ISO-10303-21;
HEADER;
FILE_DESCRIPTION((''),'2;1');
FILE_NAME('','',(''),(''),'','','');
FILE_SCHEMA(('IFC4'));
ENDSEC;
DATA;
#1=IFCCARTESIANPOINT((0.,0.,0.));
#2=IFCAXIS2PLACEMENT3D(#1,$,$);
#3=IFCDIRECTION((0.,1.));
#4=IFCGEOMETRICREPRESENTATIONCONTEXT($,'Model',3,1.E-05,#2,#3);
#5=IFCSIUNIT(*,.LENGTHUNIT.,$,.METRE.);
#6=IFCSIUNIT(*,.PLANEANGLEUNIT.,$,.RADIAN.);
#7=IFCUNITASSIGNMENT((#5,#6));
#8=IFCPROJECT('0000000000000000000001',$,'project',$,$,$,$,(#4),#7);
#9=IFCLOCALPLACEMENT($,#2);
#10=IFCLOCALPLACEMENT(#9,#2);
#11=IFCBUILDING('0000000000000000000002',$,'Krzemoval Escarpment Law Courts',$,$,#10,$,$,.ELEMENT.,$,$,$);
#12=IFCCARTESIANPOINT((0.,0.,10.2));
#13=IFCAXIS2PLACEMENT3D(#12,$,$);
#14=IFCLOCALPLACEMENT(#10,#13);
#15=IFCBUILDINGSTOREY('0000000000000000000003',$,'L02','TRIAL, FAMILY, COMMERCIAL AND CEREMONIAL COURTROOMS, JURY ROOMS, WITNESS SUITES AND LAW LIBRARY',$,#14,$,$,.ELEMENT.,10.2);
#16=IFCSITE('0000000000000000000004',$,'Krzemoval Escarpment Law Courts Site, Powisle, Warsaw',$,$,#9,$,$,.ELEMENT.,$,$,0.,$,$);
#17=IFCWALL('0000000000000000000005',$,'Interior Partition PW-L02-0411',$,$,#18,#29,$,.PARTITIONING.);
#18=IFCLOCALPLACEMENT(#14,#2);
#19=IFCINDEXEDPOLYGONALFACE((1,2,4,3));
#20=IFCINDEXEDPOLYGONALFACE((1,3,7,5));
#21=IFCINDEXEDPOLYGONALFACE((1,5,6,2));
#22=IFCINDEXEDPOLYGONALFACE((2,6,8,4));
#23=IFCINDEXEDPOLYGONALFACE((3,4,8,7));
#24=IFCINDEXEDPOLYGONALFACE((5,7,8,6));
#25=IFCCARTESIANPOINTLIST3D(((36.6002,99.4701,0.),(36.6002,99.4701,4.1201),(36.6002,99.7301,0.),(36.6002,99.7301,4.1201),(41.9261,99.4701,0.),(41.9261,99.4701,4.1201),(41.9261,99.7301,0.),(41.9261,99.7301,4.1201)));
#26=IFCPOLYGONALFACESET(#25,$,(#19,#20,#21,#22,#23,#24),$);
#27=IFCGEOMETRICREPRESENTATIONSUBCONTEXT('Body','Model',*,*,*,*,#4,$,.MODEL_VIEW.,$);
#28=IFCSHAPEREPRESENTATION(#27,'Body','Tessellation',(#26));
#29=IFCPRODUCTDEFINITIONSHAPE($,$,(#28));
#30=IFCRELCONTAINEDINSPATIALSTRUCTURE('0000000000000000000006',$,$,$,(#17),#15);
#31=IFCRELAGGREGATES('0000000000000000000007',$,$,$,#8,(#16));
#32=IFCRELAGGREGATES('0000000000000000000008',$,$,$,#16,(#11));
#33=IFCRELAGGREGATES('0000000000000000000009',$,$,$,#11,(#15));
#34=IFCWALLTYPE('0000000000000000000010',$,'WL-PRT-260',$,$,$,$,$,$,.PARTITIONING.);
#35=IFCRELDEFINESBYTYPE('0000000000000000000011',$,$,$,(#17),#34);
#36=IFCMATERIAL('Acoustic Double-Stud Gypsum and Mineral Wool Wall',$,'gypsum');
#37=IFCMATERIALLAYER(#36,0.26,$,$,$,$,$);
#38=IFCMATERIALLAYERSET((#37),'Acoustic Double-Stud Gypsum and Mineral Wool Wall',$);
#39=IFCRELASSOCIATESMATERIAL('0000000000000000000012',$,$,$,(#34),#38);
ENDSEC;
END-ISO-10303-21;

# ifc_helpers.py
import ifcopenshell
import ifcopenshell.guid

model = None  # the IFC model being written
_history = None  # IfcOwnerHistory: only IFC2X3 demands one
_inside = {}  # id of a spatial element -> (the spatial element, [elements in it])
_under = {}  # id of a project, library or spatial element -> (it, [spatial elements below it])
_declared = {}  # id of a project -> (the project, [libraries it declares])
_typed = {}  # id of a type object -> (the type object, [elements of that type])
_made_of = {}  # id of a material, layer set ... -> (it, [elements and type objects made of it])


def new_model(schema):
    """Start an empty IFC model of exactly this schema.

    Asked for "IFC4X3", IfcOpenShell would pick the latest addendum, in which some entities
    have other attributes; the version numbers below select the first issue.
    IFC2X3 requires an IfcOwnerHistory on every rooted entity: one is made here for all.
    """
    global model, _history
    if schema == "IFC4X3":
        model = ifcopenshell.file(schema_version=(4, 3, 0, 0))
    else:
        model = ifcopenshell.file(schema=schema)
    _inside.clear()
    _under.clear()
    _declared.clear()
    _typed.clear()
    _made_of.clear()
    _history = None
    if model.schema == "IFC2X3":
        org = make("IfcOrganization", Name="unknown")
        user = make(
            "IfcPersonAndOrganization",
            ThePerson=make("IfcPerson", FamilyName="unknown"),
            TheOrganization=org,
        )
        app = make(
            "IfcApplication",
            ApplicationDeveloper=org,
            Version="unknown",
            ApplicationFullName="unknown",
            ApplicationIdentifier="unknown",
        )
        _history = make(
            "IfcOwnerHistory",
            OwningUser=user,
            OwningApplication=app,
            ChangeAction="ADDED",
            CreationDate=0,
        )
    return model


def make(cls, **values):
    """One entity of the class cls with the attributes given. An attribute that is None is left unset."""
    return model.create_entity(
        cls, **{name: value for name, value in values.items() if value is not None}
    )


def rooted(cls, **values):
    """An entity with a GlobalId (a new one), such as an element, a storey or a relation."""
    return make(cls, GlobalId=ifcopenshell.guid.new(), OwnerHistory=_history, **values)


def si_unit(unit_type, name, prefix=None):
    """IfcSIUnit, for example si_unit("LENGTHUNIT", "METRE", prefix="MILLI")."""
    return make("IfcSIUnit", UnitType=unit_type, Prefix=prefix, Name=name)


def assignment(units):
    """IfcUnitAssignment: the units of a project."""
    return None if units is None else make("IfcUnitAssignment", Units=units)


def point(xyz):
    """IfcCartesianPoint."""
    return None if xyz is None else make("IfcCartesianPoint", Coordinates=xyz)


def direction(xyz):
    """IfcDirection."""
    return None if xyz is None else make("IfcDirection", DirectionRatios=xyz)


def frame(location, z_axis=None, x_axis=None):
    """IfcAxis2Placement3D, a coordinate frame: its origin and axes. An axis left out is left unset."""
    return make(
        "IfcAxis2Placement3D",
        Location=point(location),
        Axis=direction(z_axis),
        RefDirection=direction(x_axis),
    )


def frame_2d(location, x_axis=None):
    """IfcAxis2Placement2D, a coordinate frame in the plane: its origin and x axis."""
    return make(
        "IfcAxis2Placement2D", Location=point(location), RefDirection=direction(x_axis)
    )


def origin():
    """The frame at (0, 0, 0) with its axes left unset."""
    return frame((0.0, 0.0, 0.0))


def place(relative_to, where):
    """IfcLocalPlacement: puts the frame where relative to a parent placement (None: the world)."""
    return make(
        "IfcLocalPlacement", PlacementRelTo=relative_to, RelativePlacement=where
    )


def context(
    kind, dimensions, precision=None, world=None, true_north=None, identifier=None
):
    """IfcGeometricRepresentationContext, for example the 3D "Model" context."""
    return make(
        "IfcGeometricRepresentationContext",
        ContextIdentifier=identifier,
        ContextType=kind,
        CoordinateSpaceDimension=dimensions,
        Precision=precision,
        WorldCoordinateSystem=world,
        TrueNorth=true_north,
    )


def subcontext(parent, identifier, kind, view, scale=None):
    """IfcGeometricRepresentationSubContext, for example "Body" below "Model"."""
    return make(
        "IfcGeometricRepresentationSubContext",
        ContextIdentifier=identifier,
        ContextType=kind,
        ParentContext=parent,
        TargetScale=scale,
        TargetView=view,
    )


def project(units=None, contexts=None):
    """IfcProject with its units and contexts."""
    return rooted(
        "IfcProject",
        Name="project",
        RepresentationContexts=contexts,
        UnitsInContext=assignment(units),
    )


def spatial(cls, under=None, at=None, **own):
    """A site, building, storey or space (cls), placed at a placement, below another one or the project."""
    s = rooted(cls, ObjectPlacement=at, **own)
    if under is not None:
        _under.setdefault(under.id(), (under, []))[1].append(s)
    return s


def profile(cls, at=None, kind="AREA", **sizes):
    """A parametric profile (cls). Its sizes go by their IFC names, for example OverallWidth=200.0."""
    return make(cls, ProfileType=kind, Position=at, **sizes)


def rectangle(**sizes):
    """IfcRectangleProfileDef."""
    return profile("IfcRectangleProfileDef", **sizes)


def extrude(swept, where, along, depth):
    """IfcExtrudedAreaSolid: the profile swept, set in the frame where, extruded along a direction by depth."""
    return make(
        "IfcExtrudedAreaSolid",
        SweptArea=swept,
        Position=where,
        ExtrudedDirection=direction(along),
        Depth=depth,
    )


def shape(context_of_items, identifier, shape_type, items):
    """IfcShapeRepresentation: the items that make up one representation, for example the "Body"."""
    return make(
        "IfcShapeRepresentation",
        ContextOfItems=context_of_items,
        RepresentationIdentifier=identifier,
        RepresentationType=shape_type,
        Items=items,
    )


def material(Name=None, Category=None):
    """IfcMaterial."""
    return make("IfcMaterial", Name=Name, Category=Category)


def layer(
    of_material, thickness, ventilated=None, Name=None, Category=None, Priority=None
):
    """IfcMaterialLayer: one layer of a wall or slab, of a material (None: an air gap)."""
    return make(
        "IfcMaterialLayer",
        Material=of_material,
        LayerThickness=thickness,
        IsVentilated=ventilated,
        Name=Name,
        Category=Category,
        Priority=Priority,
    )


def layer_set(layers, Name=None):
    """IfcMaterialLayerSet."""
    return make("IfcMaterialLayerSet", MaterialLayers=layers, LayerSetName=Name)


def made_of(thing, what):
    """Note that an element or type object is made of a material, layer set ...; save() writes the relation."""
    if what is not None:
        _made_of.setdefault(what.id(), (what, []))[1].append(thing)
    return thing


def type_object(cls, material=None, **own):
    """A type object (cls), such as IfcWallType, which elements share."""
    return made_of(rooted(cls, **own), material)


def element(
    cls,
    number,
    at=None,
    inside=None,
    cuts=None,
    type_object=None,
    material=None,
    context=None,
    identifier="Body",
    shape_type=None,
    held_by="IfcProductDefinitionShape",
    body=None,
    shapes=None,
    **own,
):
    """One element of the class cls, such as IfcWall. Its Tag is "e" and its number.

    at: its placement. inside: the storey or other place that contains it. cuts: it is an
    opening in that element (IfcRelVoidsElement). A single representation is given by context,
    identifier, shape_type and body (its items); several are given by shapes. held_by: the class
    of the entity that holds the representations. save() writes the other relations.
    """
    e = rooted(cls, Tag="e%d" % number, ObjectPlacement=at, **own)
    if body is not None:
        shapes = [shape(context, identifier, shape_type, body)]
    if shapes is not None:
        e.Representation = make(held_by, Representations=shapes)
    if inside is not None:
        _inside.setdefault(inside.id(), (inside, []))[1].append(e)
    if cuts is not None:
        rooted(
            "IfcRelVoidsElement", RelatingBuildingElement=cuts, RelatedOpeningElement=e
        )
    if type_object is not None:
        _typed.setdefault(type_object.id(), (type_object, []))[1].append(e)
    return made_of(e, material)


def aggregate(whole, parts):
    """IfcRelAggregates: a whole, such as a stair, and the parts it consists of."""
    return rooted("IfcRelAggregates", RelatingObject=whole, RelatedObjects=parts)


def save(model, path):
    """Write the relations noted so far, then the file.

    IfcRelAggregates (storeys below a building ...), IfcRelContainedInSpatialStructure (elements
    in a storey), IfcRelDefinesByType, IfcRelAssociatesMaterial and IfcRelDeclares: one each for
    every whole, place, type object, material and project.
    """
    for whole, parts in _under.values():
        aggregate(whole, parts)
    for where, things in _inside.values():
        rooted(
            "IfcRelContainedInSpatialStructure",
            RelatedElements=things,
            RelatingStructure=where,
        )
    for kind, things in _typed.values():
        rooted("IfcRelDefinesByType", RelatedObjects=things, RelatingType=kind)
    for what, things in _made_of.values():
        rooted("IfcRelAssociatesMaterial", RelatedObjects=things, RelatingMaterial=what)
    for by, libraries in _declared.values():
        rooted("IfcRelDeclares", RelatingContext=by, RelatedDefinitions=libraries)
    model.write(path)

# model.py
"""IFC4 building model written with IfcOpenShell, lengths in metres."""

from ifc_helpers import new_model, si_unit, direction, frame, frame_2d, origin, place, context, subcontext, project, spatial, rectangle, extrude, material, layer, layer_set, type_object, element, save


model = new_model("IFC4")

# Units and contexts
model_context = context("Model", 3, precision=1e-05, world=origin(), true_north=direction((0.0, 1.0)))
body_context = subcontext(model_context, "Body", "Model", "MODEL_VIEW")
ifc_project = project(units=[si_unit("LENGTHUNIT", "METRE"), si_unit("PLANEANGLEUNIT", "RADIAN")], contexts=[model_context])

# Site, building, storey
site_placement = place(None, origin())
site = spatial("IfcSite", under=ifc_project, at=site_placement, Name="Krzemoval Escarpment Law Courts Site, Powisle, Warsaw", CompositionType="ELEMENT", RefElevation=0.0)
building_placement = place(site_placement, origin())
building = spatial("IfcBuilding", under=site, at=building_placement, Name="Krzemoval Escarpment Law Courts", CompositionType="ELEMENT")
storey_placement = place(building_placement, frame((0.0, 0.0, 10.2)))
storey = spatial("IfcBuildingStorey", under=building, at=storey_placement, Name="L02", Description="TRIAL, FAMILY, COMMERCIAL AND CEREMONIAL COURTROOMS, JURY ROOMS, WITNESS SUITES AND LAW LIBRARY", CompositionType="ELEMENT", Elevation=10.2)

# Wall
ifc_material_1 = material(Name="Acoustic Double-Stud Gypsum and Mineral Wool Wall", Category="gypsum")
ifc_layer_1 = layer(ifc_material_1, 0.26)
ifc_layer_set_1 = layer_set([ifc_layer_1], Name="Acoustic Double-Stud Gypsum and Mineral Wool Wall")
wall_type_1 = type_object("IfcWallType", Name="WL-PRT-260", PredefinedType="PARTITIONING", material=ifc_layer_set_1)
wall_1_placement = place(storey_placement, frame((36.6001, 99.6001, 0.0), z_axis=(0.0, 0.0, 1.0), x_axis=(1.0, 0.0, 0.0)))
element("IfcWall", 1, at=wall_1_placement, inside=storey, type_object=wall_type_1, Name="Interior Partition PW-L02-0411", PredefinedType="PARTITIONING", context=body_context, shape_type="SweptSolid", body=[
    extrude(rectangle(XDim=5.3259, YDim=0.26, at=frame_2d((2.6631, 0.0))), origin(), (0.0, 0.0, 1.0), 4.1201),
])

save(model, "model.ifc")
